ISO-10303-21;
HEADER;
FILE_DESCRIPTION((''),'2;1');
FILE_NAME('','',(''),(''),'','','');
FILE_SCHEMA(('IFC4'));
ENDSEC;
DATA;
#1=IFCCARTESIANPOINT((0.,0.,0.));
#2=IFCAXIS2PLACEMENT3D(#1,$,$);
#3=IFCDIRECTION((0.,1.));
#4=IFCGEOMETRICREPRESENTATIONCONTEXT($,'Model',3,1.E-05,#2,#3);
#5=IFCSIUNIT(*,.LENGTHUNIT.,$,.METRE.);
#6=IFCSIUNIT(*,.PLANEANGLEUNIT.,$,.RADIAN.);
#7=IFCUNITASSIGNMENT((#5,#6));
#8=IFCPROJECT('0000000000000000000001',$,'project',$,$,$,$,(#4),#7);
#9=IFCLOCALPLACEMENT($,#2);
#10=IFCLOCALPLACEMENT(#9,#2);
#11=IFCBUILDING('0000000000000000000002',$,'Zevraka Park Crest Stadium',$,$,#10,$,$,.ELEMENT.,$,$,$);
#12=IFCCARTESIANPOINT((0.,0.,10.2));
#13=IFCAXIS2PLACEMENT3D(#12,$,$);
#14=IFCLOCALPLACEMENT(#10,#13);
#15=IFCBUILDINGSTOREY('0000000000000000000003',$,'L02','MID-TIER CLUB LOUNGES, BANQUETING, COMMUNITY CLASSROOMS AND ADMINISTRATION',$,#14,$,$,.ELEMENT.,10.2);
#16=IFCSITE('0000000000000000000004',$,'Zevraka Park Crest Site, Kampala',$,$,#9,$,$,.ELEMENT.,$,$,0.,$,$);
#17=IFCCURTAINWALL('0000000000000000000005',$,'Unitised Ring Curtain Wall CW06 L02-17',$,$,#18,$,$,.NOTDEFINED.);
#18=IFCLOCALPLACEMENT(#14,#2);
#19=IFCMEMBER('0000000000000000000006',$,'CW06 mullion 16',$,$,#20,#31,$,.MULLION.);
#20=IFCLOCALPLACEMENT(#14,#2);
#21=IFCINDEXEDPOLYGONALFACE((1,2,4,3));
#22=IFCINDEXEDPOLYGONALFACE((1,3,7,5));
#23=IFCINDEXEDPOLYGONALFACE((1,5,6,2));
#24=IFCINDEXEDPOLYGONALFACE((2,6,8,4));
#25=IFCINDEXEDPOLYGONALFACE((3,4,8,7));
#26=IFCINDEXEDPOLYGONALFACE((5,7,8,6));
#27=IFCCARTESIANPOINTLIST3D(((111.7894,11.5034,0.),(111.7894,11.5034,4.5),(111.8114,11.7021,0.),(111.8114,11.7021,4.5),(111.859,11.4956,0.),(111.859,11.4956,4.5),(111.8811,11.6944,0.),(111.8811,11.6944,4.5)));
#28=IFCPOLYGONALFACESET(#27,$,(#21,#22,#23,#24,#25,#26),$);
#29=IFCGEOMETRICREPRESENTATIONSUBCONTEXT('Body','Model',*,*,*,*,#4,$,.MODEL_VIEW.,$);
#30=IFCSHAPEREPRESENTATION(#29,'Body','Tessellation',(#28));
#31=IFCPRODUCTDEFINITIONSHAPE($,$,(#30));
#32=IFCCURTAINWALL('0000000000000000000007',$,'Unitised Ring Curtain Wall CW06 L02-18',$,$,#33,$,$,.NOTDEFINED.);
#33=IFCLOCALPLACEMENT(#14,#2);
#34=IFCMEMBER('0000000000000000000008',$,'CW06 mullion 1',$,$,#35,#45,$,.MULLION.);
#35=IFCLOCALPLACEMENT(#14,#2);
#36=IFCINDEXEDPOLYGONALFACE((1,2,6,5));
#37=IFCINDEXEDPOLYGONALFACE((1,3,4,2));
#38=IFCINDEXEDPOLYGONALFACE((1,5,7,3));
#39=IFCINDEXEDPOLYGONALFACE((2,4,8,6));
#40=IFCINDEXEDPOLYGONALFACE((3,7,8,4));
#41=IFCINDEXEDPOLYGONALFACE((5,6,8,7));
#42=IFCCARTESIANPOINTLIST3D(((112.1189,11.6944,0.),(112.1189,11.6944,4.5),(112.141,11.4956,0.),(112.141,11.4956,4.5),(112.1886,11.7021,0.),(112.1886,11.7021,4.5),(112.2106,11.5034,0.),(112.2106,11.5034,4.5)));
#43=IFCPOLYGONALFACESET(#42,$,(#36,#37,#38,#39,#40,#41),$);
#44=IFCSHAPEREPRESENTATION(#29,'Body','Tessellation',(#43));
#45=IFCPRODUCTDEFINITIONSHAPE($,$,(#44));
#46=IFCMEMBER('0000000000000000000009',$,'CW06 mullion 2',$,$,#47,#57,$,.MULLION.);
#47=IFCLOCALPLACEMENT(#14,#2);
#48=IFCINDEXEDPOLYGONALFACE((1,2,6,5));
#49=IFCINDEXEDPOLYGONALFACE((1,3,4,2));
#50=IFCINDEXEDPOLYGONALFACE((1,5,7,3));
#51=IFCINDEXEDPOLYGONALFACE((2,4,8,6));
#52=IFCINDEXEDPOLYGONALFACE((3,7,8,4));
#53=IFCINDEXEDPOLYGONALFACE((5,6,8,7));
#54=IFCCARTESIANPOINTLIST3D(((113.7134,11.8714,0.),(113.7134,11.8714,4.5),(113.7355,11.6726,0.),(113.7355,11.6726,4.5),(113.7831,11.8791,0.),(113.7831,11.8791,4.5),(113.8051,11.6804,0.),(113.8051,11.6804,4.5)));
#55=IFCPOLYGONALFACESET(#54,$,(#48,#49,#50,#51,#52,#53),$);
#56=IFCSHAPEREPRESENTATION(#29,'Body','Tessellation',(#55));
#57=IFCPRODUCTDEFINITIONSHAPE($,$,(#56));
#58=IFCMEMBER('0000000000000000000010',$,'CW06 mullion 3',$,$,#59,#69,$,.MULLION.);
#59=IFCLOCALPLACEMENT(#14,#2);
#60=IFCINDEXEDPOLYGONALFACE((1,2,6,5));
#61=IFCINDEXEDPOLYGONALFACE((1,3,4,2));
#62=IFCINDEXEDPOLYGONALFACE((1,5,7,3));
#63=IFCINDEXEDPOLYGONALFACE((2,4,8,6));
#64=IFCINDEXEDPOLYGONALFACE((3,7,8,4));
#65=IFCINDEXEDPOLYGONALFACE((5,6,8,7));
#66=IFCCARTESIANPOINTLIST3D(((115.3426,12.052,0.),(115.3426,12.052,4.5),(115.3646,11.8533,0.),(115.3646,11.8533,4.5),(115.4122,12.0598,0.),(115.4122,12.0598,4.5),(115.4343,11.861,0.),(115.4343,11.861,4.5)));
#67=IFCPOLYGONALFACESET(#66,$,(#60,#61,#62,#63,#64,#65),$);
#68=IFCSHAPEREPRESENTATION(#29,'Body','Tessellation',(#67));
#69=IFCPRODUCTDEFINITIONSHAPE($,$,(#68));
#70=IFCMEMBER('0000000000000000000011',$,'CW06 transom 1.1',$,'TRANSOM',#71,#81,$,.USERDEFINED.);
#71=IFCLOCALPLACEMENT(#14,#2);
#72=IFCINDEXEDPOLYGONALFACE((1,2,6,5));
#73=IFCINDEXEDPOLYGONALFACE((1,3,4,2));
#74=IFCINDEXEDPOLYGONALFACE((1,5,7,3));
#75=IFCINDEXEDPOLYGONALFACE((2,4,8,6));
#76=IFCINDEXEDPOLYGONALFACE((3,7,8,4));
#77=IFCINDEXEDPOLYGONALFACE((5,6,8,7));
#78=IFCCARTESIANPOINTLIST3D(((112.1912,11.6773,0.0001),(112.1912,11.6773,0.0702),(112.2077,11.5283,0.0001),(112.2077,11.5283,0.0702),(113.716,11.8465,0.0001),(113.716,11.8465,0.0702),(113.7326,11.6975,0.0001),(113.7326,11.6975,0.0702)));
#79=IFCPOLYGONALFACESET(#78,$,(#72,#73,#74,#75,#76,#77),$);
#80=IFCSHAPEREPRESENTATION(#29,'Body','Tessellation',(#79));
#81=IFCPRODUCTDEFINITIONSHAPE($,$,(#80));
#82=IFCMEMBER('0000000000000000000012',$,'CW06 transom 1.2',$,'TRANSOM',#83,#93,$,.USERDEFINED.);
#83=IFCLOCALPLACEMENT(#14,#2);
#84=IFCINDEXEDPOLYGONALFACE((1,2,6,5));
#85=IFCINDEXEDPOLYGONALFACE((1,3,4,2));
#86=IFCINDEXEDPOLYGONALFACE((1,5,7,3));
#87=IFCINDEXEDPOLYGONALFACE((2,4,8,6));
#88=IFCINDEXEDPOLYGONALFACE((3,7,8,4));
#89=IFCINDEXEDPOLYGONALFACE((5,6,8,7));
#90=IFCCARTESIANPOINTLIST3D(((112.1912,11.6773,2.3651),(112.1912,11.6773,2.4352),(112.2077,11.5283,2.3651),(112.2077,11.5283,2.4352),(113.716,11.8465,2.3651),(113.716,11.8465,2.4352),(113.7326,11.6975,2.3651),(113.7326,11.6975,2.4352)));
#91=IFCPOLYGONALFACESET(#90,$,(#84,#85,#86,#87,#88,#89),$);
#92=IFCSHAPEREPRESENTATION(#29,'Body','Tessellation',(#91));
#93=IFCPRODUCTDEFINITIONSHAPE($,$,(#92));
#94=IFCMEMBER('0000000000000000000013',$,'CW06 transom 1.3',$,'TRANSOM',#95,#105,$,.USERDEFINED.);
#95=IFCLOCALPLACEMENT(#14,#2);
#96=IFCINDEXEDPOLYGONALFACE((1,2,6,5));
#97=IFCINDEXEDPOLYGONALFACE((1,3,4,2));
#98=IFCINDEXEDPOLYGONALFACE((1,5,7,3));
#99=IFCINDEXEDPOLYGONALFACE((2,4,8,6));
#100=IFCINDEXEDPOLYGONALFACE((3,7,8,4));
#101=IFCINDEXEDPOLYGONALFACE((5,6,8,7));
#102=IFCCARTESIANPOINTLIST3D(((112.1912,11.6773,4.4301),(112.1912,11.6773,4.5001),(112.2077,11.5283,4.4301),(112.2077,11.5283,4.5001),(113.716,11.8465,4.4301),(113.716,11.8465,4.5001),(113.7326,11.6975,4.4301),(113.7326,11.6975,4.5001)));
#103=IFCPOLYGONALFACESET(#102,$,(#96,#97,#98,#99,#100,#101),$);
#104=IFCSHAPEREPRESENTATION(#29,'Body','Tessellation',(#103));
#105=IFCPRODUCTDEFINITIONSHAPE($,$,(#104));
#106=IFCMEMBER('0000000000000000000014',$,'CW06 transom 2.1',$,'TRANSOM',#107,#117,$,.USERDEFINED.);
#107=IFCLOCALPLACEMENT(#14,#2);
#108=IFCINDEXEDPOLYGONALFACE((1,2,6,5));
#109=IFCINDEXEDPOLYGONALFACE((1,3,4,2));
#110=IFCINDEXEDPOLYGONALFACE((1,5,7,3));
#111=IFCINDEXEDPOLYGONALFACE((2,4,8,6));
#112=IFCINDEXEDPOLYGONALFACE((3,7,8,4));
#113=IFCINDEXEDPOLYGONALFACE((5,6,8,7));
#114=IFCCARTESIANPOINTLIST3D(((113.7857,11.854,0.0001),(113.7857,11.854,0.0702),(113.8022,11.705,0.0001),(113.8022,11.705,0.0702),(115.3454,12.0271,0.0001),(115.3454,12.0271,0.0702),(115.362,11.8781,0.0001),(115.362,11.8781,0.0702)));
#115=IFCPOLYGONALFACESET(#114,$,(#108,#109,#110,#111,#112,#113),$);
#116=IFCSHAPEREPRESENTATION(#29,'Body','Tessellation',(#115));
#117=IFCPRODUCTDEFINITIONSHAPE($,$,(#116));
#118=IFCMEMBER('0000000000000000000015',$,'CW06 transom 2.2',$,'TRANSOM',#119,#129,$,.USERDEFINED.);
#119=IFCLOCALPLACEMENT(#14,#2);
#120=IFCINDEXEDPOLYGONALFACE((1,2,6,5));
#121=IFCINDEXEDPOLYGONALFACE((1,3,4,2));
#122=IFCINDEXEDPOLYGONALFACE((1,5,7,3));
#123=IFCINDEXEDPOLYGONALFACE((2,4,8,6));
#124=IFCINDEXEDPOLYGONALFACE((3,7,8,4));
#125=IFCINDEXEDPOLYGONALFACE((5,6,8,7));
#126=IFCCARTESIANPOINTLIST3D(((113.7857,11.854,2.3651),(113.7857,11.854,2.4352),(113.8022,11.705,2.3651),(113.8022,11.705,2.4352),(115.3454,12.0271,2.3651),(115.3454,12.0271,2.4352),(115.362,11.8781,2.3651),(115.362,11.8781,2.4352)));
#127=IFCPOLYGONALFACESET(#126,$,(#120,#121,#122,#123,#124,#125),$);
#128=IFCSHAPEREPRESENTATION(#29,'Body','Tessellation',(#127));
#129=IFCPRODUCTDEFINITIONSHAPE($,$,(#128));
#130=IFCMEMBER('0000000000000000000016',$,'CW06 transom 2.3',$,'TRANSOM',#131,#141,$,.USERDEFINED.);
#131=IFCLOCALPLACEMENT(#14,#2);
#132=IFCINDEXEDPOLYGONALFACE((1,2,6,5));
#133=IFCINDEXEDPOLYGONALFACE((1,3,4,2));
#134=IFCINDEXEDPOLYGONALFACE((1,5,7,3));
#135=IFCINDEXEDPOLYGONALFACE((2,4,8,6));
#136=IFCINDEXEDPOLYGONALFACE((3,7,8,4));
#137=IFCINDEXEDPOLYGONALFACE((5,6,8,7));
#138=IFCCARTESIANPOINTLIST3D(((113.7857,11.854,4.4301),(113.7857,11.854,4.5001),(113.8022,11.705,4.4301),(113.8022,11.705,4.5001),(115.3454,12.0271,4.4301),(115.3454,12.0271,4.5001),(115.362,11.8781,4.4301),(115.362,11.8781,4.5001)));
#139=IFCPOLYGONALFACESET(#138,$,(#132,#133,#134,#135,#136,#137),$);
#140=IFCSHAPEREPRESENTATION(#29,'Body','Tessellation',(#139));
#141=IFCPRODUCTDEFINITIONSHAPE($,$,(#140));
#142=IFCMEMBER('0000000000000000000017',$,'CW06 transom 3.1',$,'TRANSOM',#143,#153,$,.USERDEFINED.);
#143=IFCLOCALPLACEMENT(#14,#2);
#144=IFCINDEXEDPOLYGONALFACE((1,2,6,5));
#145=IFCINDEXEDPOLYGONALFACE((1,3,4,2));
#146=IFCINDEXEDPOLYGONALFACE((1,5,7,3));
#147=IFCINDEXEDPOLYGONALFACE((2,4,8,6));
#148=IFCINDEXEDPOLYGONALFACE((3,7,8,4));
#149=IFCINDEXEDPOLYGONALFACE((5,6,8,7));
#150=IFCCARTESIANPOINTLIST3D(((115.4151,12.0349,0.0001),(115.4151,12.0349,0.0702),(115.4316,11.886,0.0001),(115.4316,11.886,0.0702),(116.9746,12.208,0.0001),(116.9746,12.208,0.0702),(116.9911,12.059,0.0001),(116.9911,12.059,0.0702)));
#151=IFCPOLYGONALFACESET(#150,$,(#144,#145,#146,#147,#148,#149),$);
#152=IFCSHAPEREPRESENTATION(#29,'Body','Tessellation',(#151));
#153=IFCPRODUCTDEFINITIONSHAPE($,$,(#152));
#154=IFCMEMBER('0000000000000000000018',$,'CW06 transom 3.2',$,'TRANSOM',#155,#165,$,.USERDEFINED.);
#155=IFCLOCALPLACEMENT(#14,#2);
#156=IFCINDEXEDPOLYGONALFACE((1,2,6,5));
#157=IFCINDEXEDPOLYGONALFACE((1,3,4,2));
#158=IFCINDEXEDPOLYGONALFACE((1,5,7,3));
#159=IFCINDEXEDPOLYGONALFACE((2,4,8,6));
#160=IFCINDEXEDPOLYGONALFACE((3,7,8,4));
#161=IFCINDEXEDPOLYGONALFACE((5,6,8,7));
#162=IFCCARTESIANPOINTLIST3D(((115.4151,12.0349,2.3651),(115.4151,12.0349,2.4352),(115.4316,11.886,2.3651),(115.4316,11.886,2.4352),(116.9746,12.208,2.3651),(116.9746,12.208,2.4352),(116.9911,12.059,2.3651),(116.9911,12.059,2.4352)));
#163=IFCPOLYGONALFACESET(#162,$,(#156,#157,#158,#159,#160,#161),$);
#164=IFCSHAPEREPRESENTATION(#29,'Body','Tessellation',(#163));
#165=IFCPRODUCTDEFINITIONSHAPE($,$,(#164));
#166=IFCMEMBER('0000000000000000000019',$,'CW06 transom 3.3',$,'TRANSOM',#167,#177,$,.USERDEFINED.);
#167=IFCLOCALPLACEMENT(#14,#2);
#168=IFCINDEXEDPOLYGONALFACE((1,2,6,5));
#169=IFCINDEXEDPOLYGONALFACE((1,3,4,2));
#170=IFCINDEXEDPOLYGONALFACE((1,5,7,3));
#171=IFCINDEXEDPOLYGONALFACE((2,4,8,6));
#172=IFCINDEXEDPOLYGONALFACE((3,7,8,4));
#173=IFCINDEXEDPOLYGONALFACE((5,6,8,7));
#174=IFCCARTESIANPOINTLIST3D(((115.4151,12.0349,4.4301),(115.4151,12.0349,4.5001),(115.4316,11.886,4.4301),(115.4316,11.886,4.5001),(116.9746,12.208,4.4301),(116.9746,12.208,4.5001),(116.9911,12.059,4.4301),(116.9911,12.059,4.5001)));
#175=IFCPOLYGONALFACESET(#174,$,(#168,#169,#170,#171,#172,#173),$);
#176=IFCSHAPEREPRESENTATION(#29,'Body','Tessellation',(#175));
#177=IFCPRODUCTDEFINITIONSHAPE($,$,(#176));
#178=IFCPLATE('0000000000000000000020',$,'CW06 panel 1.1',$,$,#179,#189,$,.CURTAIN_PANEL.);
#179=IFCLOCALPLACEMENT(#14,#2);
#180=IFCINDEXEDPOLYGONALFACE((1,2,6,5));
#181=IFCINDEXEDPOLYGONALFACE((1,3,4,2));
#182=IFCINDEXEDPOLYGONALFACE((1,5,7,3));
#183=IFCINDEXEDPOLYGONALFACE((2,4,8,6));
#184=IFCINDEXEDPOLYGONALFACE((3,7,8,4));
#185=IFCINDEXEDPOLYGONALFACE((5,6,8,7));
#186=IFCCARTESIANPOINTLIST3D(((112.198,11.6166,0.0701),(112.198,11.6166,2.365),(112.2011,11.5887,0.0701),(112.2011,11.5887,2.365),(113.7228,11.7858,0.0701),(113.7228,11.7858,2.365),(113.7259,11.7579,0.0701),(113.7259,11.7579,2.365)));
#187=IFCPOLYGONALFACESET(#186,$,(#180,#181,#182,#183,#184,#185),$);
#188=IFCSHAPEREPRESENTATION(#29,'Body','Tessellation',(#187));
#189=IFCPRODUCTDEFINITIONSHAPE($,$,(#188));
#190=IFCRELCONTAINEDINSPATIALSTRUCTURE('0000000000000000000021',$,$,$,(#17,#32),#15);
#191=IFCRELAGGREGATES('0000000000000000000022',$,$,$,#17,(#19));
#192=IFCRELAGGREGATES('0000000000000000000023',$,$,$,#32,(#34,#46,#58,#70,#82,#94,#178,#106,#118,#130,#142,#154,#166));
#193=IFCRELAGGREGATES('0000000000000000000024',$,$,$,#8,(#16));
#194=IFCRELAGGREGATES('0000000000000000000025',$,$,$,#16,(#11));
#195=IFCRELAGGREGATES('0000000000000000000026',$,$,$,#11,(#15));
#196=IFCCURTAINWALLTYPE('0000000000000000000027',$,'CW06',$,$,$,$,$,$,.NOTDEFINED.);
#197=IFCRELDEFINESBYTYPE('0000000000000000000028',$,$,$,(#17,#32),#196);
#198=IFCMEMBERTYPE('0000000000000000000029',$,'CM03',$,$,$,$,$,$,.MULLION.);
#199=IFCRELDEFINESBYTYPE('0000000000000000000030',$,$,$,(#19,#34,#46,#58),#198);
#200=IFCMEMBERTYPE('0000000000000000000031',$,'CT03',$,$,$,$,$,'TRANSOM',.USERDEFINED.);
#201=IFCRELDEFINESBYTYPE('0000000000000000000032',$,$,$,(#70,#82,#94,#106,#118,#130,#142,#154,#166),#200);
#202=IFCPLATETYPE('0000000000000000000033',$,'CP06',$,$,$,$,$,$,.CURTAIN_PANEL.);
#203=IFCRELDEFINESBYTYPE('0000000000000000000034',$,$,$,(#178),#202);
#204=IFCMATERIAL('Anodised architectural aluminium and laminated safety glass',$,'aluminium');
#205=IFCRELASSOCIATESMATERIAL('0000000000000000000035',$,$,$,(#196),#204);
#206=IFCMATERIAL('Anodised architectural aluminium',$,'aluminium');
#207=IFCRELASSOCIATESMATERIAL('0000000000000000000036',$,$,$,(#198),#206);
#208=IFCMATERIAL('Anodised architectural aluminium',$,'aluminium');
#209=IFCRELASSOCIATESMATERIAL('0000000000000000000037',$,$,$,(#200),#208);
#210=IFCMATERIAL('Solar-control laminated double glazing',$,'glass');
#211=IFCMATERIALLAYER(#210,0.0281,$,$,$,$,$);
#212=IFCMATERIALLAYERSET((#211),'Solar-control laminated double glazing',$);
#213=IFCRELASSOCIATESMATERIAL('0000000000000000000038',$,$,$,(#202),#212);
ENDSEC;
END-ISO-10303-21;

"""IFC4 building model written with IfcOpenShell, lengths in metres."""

from ifc_helpers import new_model, si_unit, direction, frame, origin, origin_2d, place, context, subcontext, project, spatial, rectangle, extrude, material, layer, layer_set, material_profile, profile_set, type_object, element, aggregate, save


model = new_model("IFC4")

# Units and contexts
model_context = context("Model", 3, precision=1e-05, world=origin(), true_north=direction((0.0, 1.0)))
body_context = subcontext(model_context, "Body", "Model", "MODEL_VIEW")
ifc_project = project(units=[si_unit("LENGTHUNIT", "METRE"), si_unit("PLANEANGLEUNIT", "RADIAN")], contexts=[model_context])

# Site, building, storey
site_placement = place(None, origin())
site = spatial("IfcSite", under=ifc_project, at=site_placement, Name="Zevraka Park Crest Site, Kampala", CompositionType="ELEMENT", RefElevation=0.0)
building_placement = place(site_placement, origin())
building = spatial("IfcBuilding", under=site, at=building_placement, Name="Zevraka Park Crest Stadium", CompositionType="ELEMENT")
storey_placement = place(building_placement, frame((0.0, 0.0, 10.2)))
storey = spatial("IfcBuildingStorey", under=building, at=storey_placement, Name="L02", Description="MID-TIER CLUB LOUNGES, BANQUETING, COMMUNITY CLASSROOMS AND ADMINISTRATION", CompositionType="ELEMENT", Elevation=10.2)

# Curtain wall, member
ifc_material_1 = material(Name="Anodised architectural aluminium and laminated safety glass", Category="aluminium")
curtain_wall_type = type_object("IfcCurtainWallType", Name="CW06", PredefinedType="NOTDEFINED", material=ifc_material_1)
curtain_wall_1_placement = place(storey_placement, origin())
curtain_wall_1 = element("IfcCurtainWall", 1, at=curtain_wall_1_placement, inside=storey, type_object=curtain_wall_type, Name="Unitised Ring Curtain Wall CW06 L02-17", PredefinedType="NOTDEFINED")
ifc_material_2 = material(Name="Anodised architectural aluminium", Category="aluminium")
ifc_material_profile_1 = material_profile(ifc_material_2, rectangle(XDim=0.2, YDim=0.0701, at=origin_2d()), Name="ALU MULLION 200x70")
ifc_profile_set_1 = profile_set([ifc_material_profile_1], Name="Anodised architectural aluminium")
member_type_1 = type_object("IfcMemberType", Name="CM03", PredefinedType="MULLION", material=ifc_profile_set_1)
member_1_placement = place(storey_placement, frame((111.8352, 11.5989, 0.0), z_axis=(0.0, 0.0, 1.0), x_axis=(0.110293, 0.993899, 0.0)))
member_1 = element("IfcMember", 2, at=member_1_placement, type_object=member_type_1, Name="CW06 mullion 16", PredefinedType="MULLION", context=body_context, shape_type="SweptSolid", body=[
    extrude(rectangle(XDim=0.2, YDim=0.0701, at=origin_2d()), origin(), (0.0, 0.0, 1.0), 4.5),
])
aggregate(curtain_wall_1, [member_1])

# Curtain wall, members, plate
curtain_wall_2_placement = place(storey_placement, origin())
curtain_wall_2 = element("IfcCurtainWall", 3, at=curtain_wall_2_placement, inside=storey, type_object=curtain_wall_type, Name="Unitised Ring Curtain Wall CW06 L02-18", PredefinedType="NOTDEFINED")
member_2_placement = place(storey_placement, frame((112.1648, 11.5989, 0.0), z_axis=(0.0, 0.0, 1.0), x_axis=(-0.110293, 0.993899, 0.0)))
member_2 = element("IfcMember", 4, at=member_2_placement, type_object=member_type_1, Name="CW06 mullion 1", PredefinedType="MULLION", context=body_context, shape_type="SweptSolid", body=[
    extrude(rectangle(XDim=0.2, YDim=0.0701, at=origin_2d()), origin(), (0.0, 0.0, 1.0), 4.5),
])
member_3_placement = place(storey_placement, frame((113.7593, 11.7759, 0.0), z_axis=(0.0, 0.0, 1.0), x_axis=(-0.110293, 0.993899, 0.0)))
member_3 = element("IfcMember", 5, at=member_3_placement, type_object=member_type_1, Name="CW06 mullion 2", PredefinedType="MULLION", context=body_context, shape_type="SweptSolid", body=[
    extrude(rectangle(XDim=0.2, YDim=0.0701, at=origin_2d()), origin(), (0.0, 0.0, 1.0), 4.5),
])
member_4_placement = place(storey_placement, frame((115.3884, 11.9565, 0.0), z_axis=(0.0, 0.0, 1.0), x_axis=(-0.110293, 0.993899, 0.0)))
member_4 = element("IfcMember", 6, at=member_4_placement, type_object=member_type_1, Name="CW06 mullion 3", PredefinedType="MULLION", context=body_context, shape_type="SweptSolid", body=[
    extrude(rectangle(XDim=0.2, YDim=0.0701, at=origin_2d()), origin(), (0.0, 0.0, 1.0), 4.5),
])
ifc_material_3 = material(Name="Anodised architectural aluminium", Category="aluminium")
ifc_material_profile_2 = material_profile(ifc_material_3, rectangle(XDim=0.1499, YDim=0.0701, at=origin_2d()), Name="ALU TRANSOM 150x70")
ifc_profile_set_2 = profile_set([ifc_material_profile_2], Name="Anodised architectural aluminium")
member_type_2 = type_object("IfcMemberType", Name="CT03", ElementType="TRANSOM", PredefinedType="USERDEFINED", material=ifc_profile_set_2)
member_5_placement = place(storey_placement, frame((112.1995, 11.6028, 0.0352), z_axis=(0.993901, 0.110274, 0.0), x_axis=(-0.110274, 0.993901, 0.0)))
member_5 = element("IfcMember", 7, at=member_5_placement, type_object=member_type_2, Name="CW06 transom 1.1", ObjectType="TRANSOM", PredefinedType="USERDEFINED", context=body_context, shape_type="SweptSolid", body=[
    extrude(rectangle(XDim=0.1499, YDim=0.0701, at=origin_2d()), origin(), (0.0, 0.0, 1.0), 1.5342),
])
member_6_placement = place(storey_placement, frame((112.1995, 11.6028, 2.4001), z_axis=(0.993901, 0.110274, 0.0), x_axis=(-0.110274, 0.993901, 0.0)))
member_6 = element("IfcMember", 8, at=member_6_placement, type_object=member_type_2, Name="CW06 transom 1.2", ObjectType="TRANSOM", PredefinedType="USERDEFINED", context=body_context, shape_type="SweptSolid", body=[
    extrude(rectangle(XDim=0.1499, YDim=0.0701, at=origin_2d()), origin(), (0.0, 0.0, 1.0), 1.5342),
])
member_7_placement = place(storey_placement, frame((112.1995, 11.6028, 4.4651), z_axis=(0.993901, 0.110274, 0.0), x_axis=(-0.110274, 0.993901, 0.0)))
member_7 = element("IfcMember", 9, at=member_7_placement, type_object=member_type_2, Name="CW06 transom 1.3", ObjectType="TRANSOM", PredefinedType="USERDEFINED", context=body_context, shape_type="SweptSolid", body=[
    extrude(rectangle(XDim=0.1499, YDim=0.0701, at=origin_2d()), origin(), (0.0, 0.0, 1.0), 1.5342),
])
member_8_placement = place(storey_placement, frame((113.7939, 11.7795, 0.0352), z_axis=(0.993899, 0.110295, 0.0), x_axis=(-0.110295, 0.993899, 0.0)))
member_8 = element("IfcMember", 10, at=member_8_placement, type_object=member_type_2, Name="CW06 transom 2.1", ObjectType="TRANSOM", PredefinedType="USERDEFINED", context=body_context, shape_type="SweptSolid", body=[
    extrude(rectangle(XDim=0.1499, YDim=0.0701, at=origin_2d()), origin(), (0.0, 0.0, 1.0), 1.5693),
])
member_9_placement = place(storey_placement, frame((113.7939, 11.7795, 2.4001), z_axis=(0.993899, 0.110295, 0.0), x_axis=(-0.110295, 0.993899, 0.0)))
member_9 = element("IfcMember", 11, at=member_9_placement, type_object=member_type_2, Name="CW06 transom 2.2", ObjectType="TRANSOM", PredefinedType="USERDEFINED", context=body_context, shape_type="SweptSolid", body=[
    extrude(rectangle(XDim=0.1499, YDim=0.0701, at=origin_2d()), origin(), (0.0, 0.0, 1.0), 1.5693),
])
member_10_placement = place(storey_placement, frame((113.7939, 11.7795, 4.4651), z_axis=(0.993899, 0.110295, 0.0), x_axis=(-0.110295, 0.993899, 0.0)))
member_10 = element("IfcMember", 12, at=member_10_placement, type_object=member_type_2, Name="CW06 transom 2.3", ObjectType="TRANSOM", PredefinedType="USERDEFINED", context=body_context, shape_type="SweptSolid", body=[
    extrude(rectangle(XDim=0.1499, YDim=0.0701, at=origin_2d()), origin(), (0.0, 0.0, 1.0), 1.5693),
])
member_11_placement = place(storey_placement, frame((115.4233, 11.9604, 0.0352), z_axis=(0.993897, 0.110312, 0.0), x_axis=(-0.110312, 0.993897, 0.0)))
member_11 = element("IfcMember", 13, at=member_11_placement, type_object=member_type_2, Name="CW06 transom 3.1", ObjectType="TRANSOM", PredefinedType="USERDEFINED", context=body_context, shape_type="SweptSolid", body=[
    extrude(rectangle(XDim=0.1499, YDim=0.0701, at=origin_2d()), origin(), (0.0, 0.0, 1.0), 1.5691),
])
member_12_placement = place(storey_placement, frame((115.4233, 11.9604, 2.4001), z_axis=(0.993897, 0.110312, 0.0), x_axis=(-0.110312, 0.993897, 0.0)))
member_12 = element("IfcMember", 14, at=member_12_placement, type_object=member_type_2, Name="CW06 transom 3.2", ObjectType="TRANSOM", PredefinedType="USERDEFINED", context=body_context, shape_type="SweptSolid", body=[
    extrude(rectangle(XDim=0.1499, YDim=0.0701, at=origin_2d()), origin(), (0.0, 0.0, 1.0), 1.5691),
])
member_13_placement = place(storey_placement, frame((115.4233, 11.9604, 4.4651), z_axis=(0.993897, 0.110312, 0.0), x_axis=(-0.110312, 0.993897, 0.0)))
member_13 = element("IfcMember", 15, at=member_13_placement, type_object=member_type_2, Name="CW06 transom 3.3", ObjectType="TRANSOM", PredefinedType="USERDEFINED", context=body_context, shape_type="SweptSolid", body=[
    extrude(rectangle(XDim=0.1499, YDim=0.0701, at=origin_2d()), origin(), (0.0, 0.0, 1.0), 1.5691),
])
ifc_material_4 = material(Name="Solar-control laminated double glazing", Category="glass")
ifc_layer_1 = layer(ifc_material_4, 0.0281)
ifc_layer_set_1 = layer_set([ifc_layer_1], Name="Solar-control laminated double glazing")
plate_type = type_object("IfcPlateType", Name="CP06", PredefinedType="CURTAIN_PANEL", material=ifc_layer_set_1)
plate_1_placement = place(storey_placement, frame((112.9619, 11.6873, 0.0701), z_axis=(0.0, 0.0, 1.0), x_axis=(0.993899, 0.110293, 0.0)))
plate_1 = element("IfcPlate", 16, at=plate_1_placement, type_object=plate_type, Name="CW06 panel 1.1", PredefinedType="CURTAIN_PANEL", context=body_context, shape_type="SweptSolid", body=[
    extrude(rectangle(XDim=1.5342, YDim=0.0281, at=origin_2d()), origin(), (0.0, 0.0, 1.0), 2.2949),
])
aggregate(curtain_wall_2, [member_2, member_3, member_4, member_5, member_6, member_7, plate_1, member_8, member_9, member_10, member_11, member_12, member_13])

save(model, "model.ifc")
